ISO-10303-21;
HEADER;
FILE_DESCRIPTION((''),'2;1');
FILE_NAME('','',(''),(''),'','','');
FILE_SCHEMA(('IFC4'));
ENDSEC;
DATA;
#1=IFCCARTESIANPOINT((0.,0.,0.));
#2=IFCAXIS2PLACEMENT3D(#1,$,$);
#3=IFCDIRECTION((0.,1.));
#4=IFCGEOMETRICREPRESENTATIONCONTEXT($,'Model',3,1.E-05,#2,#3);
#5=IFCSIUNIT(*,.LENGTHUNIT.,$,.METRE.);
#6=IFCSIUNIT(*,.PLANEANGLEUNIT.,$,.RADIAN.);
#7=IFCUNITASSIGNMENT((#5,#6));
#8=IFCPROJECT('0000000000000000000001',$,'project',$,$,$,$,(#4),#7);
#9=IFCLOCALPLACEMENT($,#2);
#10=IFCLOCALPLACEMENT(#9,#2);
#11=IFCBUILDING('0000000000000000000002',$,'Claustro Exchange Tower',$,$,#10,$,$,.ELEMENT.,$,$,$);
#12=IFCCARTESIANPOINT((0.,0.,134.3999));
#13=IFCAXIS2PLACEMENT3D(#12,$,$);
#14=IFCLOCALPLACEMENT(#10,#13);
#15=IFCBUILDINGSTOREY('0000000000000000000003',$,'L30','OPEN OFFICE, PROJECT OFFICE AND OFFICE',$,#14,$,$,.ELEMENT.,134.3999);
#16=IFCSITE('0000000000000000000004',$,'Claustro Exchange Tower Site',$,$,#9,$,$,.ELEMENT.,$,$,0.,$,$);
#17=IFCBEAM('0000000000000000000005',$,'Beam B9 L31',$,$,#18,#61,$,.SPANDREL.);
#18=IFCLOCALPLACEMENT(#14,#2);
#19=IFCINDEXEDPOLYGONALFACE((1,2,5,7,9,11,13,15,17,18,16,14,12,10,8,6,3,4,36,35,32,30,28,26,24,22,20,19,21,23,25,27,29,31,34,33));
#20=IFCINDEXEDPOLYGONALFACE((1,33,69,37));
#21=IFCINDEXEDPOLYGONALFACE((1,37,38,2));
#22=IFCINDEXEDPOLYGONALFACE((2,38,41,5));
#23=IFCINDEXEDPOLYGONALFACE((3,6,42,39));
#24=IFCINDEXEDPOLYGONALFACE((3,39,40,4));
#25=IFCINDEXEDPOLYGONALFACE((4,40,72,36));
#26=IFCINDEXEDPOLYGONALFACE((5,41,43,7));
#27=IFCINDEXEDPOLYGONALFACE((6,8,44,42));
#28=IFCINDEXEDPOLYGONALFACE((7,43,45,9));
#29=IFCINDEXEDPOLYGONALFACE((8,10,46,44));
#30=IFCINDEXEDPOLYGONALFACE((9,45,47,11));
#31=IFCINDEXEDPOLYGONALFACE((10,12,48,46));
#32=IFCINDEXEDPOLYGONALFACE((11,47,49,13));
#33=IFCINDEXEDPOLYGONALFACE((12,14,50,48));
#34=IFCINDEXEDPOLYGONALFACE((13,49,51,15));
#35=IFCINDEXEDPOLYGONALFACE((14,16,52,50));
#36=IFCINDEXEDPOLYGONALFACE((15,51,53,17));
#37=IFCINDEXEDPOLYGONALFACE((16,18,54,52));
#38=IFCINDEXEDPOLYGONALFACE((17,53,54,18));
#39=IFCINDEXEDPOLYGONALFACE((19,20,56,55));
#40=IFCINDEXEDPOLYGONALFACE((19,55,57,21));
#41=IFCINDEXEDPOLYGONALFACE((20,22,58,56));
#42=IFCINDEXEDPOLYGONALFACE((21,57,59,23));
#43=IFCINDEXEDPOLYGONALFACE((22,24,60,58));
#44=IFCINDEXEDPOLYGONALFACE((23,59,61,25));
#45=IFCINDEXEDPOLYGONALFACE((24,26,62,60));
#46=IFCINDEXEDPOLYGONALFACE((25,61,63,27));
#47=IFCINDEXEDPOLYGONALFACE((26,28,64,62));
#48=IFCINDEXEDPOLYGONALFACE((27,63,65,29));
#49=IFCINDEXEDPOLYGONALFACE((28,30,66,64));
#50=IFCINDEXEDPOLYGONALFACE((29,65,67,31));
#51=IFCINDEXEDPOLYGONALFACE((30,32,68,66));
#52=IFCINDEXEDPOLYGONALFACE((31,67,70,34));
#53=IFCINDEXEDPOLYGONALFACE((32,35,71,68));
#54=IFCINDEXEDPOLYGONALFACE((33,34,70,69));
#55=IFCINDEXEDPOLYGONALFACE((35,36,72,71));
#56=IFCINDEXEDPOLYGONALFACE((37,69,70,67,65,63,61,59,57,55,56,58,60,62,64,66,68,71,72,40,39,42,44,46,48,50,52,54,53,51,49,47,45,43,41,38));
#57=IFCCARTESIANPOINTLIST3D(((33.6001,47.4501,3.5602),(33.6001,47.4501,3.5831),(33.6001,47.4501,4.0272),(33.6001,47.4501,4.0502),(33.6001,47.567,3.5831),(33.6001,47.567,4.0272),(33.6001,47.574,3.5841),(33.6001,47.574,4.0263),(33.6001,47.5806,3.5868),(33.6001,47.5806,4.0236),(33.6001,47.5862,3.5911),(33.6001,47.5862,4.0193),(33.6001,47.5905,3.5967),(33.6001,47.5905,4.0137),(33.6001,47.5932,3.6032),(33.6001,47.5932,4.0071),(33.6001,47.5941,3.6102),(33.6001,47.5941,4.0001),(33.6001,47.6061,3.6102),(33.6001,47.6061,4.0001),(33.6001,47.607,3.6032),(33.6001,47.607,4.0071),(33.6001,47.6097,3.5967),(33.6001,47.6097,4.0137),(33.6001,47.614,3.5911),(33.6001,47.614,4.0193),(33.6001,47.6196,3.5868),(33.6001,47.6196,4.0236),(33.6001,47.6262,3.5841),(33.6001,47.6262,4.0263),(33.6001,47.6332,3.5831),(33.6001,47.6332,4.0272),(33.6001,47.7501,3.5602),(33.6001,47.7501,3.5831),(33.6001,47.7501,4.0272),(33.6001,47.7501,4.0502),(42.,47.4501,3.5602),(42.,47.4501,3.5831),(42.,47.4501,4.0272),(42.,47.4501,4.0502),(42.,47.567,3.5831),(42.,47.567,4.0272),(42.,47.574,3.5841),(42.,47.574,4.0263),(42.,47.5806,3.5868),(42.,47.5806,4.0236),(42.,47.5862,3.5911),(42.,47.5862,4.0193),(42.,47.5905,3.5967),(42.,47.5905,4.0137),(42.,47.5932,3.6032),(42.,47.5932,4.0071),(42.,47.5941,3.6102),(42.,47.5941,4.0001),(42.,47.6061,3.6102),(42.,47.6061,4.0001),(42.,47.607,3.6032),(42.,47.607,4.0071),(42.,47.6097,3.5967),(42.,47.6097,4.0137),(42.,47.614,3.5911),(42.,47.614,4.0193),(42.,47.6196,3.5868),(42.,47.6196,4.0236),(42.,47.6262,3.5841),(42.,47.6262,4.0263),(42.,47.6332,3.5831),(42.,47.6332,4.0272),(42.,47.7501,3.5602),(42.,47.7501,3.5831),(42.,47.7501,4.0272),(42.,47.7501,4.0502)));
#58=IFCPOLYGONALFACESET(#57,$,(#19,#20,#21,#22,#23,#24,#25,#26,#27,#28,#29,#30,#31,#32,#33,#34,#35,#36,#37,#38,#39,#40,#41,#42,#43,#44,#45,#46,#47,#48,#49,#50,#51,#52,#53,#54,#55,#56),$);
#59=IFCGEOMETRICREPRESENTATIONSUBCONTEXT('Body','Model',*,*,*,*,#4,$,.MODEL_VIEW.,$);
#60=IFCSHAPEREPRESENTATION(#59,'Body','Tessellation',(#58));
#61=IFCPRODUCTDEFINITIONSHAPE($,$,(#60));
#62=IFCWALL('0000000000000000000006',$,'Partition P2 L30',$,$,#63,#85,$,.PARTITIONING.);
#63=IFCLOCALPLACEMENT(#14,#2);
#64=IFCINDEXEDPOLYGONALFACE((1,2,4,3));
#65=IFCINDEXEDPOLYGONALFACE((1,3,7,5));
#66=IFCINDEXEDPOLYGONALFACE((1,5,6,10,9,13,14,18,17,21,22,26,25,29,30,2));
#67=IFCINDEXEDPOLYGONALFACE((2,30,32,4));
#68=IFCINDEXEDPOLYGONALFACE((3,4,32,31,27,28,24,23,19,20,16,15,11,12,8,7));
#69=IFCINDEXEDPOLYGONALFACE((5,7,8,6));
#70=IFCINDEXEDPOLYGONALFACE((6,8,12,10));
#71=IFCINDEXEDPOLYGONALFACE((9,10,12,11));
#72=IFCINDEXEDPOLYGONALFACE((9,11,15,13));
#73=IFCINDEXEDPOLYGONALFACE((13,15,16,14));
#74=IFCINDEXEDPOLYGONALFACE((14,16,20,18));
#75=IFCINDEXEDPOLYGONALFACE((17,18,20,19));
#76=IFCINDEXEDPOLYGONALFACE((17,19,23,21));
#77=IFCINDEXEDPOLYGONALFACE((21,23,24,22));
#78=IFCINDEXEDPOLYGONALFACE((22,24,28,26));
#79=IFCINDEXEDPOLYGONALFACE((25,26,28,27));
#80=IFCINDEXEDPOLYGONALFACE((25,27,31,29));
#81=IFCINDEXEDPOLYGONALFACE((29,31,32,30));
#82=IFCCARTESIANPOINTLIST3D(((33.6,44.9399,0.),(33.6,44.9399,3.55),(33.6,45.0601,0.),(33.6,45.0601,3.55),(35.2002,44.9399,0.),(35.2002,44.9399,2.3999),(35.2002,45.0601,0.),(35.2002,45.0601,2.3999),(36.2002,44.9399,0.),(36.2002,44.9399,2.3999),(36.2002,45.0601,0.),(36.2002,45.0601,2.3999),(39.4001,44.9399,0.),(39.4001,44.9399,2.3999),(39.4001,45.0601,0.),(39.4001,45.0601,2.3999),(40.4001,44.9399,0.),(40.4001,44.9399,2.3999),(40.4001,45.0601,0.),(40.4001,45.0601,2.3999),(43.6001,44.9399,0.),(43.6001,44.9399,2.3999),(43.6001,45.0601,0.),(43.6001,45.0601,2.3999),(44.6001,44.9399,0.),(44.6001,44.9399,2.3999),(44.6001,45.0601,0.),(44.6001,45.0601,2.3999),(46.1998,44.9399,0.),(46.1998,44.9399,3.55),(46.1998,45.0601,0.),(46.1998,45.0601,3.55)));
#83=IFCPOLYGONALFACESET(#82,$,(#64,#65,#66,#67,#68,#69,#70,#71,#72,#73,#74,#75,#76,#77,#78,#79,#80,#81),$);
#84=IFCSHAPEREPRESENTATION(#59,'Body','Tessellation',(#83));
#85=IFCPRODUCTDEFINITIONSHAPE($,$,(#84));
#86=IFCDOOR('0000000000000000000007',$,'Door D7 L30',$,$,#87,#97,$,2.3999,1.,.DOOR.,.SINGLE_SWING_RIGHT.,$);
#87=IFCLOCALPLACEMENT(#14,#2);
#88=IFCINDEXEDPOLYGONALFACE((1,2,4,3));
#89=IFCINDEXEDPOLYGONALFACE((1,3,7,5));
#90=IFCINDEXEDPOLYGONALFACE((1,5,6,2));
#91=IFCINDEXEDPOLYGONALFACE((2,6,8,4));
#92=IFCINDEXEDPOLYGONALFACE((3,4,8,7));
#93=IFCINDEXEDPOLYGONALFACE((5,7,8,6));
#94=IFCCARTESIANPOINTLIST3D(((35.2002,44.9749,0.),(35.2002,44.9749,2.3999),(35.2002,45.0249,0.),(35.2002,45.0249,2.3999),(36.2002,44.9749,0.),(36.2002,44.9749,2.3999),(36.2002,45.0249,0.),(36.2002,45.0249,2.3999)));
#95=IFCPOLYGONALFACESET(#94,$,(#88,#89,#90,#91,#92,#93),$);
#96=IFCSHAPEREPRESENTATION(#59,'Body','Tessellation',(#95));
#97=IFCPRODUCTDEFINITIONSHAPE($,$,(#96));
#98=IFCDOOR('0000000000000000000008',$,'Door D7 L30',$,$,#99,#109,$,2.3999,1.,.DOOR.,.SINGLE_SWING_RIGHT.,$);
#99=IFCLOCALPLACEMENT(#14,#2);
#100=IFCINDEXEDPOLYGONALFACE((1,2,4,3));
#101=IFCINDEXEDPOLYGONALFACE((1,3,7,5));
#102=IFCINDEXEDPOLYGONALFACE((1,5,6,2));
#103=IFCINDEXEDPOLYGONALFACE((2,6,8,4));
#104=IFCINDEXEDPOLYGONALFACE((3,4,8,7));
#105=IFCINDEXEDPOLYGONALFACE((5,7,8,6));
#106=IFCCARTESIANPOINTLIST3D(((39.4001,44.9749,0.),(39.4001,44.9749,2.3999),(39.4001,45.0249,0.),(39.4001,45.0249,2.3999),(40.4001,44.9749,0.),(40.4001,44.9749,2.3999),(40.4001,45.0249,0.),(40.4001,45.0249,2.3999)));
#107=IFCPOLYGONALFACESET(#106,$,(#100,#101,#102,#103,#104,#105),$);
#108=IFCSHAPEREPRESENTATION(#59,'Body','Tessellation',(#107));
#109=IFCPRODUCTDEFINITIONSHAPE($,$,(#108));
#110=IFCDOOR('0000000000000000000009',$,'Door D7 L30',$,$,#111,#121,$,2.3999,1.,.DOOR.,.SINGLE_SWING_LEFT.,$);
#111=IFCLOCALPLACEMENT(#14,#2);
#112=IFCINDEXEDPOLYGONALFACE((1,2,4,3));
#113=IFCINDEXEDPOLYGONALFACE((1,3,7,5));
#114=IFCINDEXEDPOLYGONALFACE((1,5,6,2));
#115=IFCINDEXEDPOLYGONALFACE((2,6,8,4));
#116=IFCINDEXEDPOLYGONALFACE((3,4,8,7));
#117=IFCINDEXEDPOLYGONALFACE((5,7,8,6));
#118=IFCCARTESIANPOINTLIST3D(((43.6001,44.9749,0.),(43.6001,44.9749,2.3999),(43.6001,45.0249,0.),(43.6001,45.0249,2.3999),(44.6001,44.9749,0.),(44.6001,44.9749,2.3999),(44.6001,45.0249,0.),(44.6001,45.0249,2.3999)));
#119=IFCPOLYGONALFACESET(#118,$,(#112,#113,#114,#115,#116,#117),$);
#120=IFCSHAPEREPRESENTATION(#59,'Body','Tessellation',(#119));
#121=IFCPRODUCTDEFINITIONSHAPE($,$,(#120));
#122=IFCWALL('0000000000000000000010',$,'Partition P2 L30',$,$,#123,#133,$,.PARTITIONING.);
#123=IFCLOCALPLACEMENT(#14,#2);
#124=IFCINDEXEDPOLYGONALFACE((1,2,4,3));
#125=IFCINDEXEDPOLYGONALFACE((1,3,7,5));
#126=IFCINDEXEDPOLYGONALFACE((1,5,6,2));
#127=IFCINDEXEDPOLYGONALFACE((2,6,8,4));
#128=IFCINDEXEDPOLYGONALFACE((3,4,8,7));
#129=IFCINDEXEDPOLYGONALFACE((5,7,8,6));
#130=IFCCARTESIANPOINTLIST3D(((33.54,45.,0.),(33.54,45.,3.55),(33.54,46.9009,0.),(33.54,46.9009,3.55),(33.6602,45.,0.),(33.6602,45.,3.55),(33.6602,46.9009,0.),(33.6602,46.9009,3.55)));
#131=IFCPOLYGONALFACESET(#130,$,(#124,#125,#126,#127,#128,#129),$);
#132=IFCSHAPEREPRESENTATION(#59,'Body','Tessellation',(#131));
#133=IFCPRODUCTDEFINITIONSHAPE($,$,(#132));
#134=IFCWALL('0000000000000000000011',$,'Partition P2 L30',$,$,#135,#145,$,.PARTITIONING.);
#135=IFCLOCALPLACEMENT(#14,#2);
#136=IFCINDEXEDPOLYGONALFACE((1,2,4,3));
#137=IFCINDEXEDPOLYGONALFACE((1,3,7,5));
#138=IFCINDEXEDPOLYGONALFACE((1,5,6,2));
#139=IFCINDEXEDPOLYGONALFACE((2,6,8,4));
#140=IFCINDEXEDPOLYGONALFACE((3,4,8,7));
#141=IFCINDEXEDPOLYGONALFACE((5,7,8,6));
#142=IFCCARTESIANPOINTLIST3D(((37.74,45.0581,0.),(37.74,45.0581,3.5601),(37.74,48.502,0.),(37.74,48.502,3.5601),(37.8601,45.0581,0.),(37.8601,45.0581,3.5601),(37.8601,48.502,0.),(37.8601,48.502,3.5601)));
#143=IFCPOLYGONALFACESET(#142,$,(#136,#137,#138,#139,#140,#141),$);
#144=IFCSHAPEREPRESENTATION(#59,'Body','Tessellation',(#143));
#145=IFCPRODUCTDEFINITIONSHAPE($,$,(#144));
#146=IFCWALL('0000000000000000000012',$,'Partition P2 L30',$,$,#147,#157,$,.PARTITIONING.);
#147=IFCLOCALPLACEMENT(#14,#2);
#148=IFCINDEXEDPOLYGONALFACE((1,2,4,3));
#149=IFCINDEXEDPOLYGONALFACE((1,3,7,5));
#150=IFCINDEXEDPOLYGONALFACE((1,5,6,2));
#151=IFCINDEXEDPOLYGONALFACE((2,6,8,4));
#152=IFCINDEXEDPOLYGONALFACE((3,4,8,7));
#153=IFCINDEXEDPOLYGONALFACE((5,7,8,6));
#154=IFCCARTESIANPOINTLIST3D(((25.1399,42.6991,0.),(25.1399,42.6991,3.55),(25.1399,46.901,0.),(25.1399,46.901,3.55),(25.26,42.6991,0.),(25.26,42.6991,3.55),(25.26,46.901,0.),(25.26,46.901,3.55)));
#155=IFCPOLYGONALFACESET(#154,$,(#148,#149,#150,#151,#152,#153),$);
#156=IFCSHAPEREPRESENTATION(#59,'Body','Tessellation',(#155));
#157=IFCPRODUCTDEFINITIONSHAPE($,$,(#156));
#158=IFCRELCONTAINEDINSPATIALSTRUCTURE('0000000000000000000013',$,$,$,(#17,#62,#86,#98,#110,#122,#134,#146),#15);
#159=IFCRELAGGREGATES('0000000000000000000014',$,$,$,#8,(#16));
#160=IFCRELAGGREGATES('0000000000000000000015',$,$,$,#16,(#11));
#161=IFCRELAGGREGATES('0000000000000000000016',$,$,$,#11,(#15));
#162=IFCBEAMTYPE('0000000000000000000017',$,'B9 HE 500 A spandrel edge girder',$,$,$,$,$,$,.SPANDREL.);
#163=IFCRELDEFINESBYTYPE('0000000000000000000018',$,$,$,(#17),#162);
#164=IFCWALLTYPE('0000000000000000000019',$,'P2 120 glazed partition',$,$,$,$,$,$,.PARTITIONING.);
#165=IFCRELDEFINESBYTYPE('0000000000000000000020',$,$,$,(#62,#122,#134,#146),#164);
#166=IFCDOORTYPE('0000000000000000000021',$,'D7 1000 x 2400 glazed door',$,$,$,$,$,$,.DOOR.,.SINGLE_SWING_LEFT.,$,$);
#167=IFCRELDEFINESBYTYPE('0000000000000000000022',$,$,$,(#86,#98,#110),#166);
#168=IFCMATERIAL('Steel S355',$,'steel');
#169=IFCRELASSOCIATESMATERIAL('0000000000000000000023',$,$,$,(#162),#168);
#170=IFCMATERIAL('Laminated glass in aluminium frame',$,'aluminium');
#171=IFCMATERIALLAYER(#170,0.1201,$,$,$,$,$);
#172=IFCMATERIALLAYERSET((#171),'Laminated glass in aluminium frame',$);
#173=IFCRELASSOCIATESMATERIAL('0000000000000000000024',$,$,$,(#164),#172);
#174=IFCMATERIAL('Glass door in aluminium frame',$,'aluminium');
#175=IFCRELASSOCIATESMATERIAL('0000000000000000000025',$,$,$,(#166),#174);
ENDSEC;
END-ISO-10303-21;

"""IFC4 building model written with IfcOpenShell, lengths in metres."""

from ifc_helpers import new_model, si_unit, direction, frame, frame_2d, origin, origin_2d, place, context, subcontext, project, spatial, rectangle, i_section, extrude, material, layer, layer_set, material_profile, profile_set, type_object, element, fill, save


model = new_model("IFC4")

# Units and contexts
model_context = context("Model", 3, precision=1e-05, world=origin(), true_north=direction((0.0, 1.0)))
body_context = subcontext(model_context, "Body", "Model", "MODEL_VIEW")
ifc_project = project(units=[si_unit("LENGTHUNIT", "METRE"), si_unit("PLANEANGLEUNIT", "RADIAN")], contexts=[model_context])

# Site, building, storey
site_placement = place(None, origin())
site = spatial("IfcSite", under=ifc_project, at=site_placement, Name="Claustro Exchange Tower Site", CompositionType="ELEMENT", RefElevation=0.0)
building_placement = place(site_placement, origin())
building = spatial("IfcBuilding", under=site, at=building_placement, Name="Claustro Exchange Tower", CompositionType="ELEMENT")
storey_placement = place(building_placement, frame((0.0, 0.0, 134.3999)))
storey = spatial("IfcBuildingStorey", under=building, at=storey_placement, Name="L30", Description="OPEN OFFICE, PROJECT OFFICE AND OFFICE", CompositionType="ELEMENT", Elevation=134.3999)

# Beam
ifc_material_1 = material(Name="Steel S355", Category="steel")
ifc_material_profile_1 = material_profile(ifc_material_1, i_section(OverallWidth=0.3, OverallDepth=0.49, WebThickness=0.012, FlangeThickness=0.0229, FilletRadius=0.0271, at=origin_2d()), Name="HE 500 A")
ifc_profile_set_1 = profile_set([ifc_material_profile_1], Name="Steel S355")
beam_type_1 = type_object("IfcBeamType", Name="B9 HE 500 A spandrel edge girder", PredefinedType="SPANDREL", material=ifc_profile_set_1)
beam_1_placement = place(storey_placement, frame((33.6001, 47.6001, 3.8052), z_axis=(1.0, 0.0, 0.0), x_axis=(0.0, 1.0, 0.0)))
element("IfcBeam", 1, at=beam_1_placement, inside=storey, type_object=beam_type_1, Name="Beam B9 L31", PredefinedType="SPANDREL", context=body_context, shape_type="SweptSolid", body=[
    extrude(i_section(OverallWidth=0.3, OverallDepth=0.49, WebThickness=0.012, FlangeThickness=0.0229, FilletRadius=0.0271, at=origin_2d()), origin(), (0.0, 0.0, 1.0), 8.3999),
])

# Wall, openings, doors
ifc_material_2 = material(Name="Laminated glass in aluminium frame", Category="aluminium")
ifc_layer_1 = layer(ifc_material_2, 0.1201)
ifc_layer_set_1 = layer_set([ifc_layer_1], Name="Laminated glass in aluminium frame")
wall_type_1 = type_object("IfcWallType", Name="P2 120 glazed partition", PredefinedType="PARTITIONING", material=ifc_layer_set_1)
wall_1_placement = place(storey_placement, frame((33.6001, 45.0, 0.0), z_axis=(0.0, 0.0, 1.0), x_axis=(1.0, 0.0, 0.0)))
wall_1 = element("IfcWall", 2, at=wall_1_placement, inside=storey, type_object=wall_type_1, Name="Partition P2 L30", PredefinedType="PARTITIONING", context=body_context, shape_type="SweptSolid", body=[
    extrude(rectangle(XDim=12.5999, YDim=0.1201, at=frame_2d((6.2998, 0.0))), origin(), (0.0, 0.0, 1.0), 3.55),
])
opening_1_placement = place(wall_1_placement, frame((1.6001, 0.0, 0.0)))
opening_1 = element("IfcOpeningElement", 3, at=opening_1_placement, cuts=wall_1, PredefinedType="OPENING", context=body_context, shape_type="SweptSolid", body=[
    extrude(rectangle(XDim=1.0, YDim=2.3999, at=frame_2d((0.5, 1.2))), frame((0.0, 0.0701, 0.0), z_axis=(0.0, -1.0, 0.0), x_axis=(1.0, 0.0, 0.0)), (0.0, 0.0, 1.0), 0.1401),
])
opening_2_placement = place(wall_1_placement, frame((5.8, 0.0, 0.0)))
opening_2 = element("IfcOpeningElement", 4, at=opening_2_placement, cuts=wall_1, PredefinedType="OPENING", context=body_context, shape_type="SweptSolid", body=[
    extrude(rectangle(XDim=1.0, YDim=2.3999, at=frame_2d((0.5, 1.2))), frame((0.0, 0.0701, 0.0), z_axis=(0.0, -1.0, 0.0), x_axis=(1.0, 0.0, 0.0)), (0.0, 0.0, 1.0), 0.1401),
])
opening_3_placement = place(wall_1_placement, frame((10.0, 0.0, 0.0)))
opening_3 = element("IfcOpeningElement", 5, at=opening_3_placement, cuts=wall_1, PredefinedType="OPENING", context=body_context, shape_type="SweptSolid", body=[
    extrude(rectangle(XDim=1.0, YDim=2.3999, at=frame_2d((0.5, 1.2))), frame((0.0, 0.0701, 0.0), z_axis=(0.0, -1.0, 0.0), x_axis=(1.0, 0.0, 0.0)), (0.0, 0.0, 1.0), 0.1401),
])
ifc_material_3 = material(Name="Glass door in aluminium frame", Category="aluminium")
door_type = type_object("IfcDoorType", Name="D7 1000 x 2400 glazed door", OperationType="SINGLE_SWING_LEFT", PredefinedType="DOOR", material=ifc_material_3)
door_1_placement = place(opening_1_placement, origin())
door_1 = element("IfcDoor", 6, at=door_1_placement, inside=storey, type_object=door_type, Name="Door D7 L30", OperationType="SINGLE_SWING_RIGHT", OverallHeight=2.3999, OverallWidth=1.0, PredefinedType="DOOR", context=body_context, shape_type="SweptSolid", body=[
    extrude(rectangle(XDim=1.0, YDim=2.3999, at=frame_2d((0.5, 1.2))), frame((0.0, 0.0249, 0.0), z_axis=(0.0, -1.0, 0.0), x_axis=(1.0, 0.0, 0.0)), (0.0, 0.0, 1.0), 0.05),
])
fill(opening_1, door_1)
door_2_placement = place(opening_2_placement, origin())
door_2 = element("IfcDoor", 7, at=door_2_placement, inside=storey, type_object=door_type, Name="Door D7 L30", OperationType="SINGLE_SWING_RIGHT", OverallHeight=2.3999, OverallWidth=1.0, PredefinedType="DOOR", context=body_context, shape_type="SweptSolid", body=[
    extrude(rectangle(XDim=1.0, YDim=2.3999, at=frame_2d((0.5, 1.2))), frame((0.0, 0.0249, 0.0), z_axis=(0.0, -1.0, 0.0), x_axis=(1.0, 0.0, 0.0)), (0.0, 0.0, 1.0), 0.05),
])
fill(opening_2, door_2)
door_3_placement = place(opening_3_placement, origin())
door_3 = element("IfcDoor", 8, at=door_3_placement, inside=storey, type_object=door_type, Name="Door D7 L30", OperationType="SINGLE_SWING_LEFT", OverallHeight=2.3999, OverallWidth=1.0, PredefinedType="DOOR", context=body_context, shape_type="SweptSolid", body=[
    extrude(rectangle(XDim=1.0, YDim=2.3999, at=frame_2d((0.5, 1.2))), frame((0.0, 0.0249, 0.0), z_axis=(0.0, -1.0, 0.0), x_axis=(1.0, 0.0, 0.0)), (0.0, 0.0, 1.0), 0.05),
])
fill(opening_3, door_3)

# Walls
wall_2_placement = place(storey_placement, frame((33.6001, 45.0, 0.0), z_axis=(0.0, 0.0, 1.0), x_axis=(0.0, 1.0, 0.0)))
element("IfcWall", 9, at=wall_2_placement, inside=storey, type_object=wall_type_1, Name="Partition P2 L30", PredefinedType="PARTITIONING", context=body_context, shape_type="SweptSolid", body=[
    extrude(rectangle(XDim=1.9009, YDim=0.1201, at=frame_2d((0.9504, 0.0))), origin(), (0.0, 0.0, 1.0), 3.55),
])
wall_3_placement = place(storey_placement, frame((37.8, 45.0581, 0.0), z_axis=(0.0, 0.0, 1.0), x_axis=(0.0, 1.0, 0.0)))
element("IfcWall", 10, at=wall_3_placement, inside=storey, type_object=wall_type_1, Name="Partition P2 L30", PredefinedType="PARTITIONING", context=body_context, shape_type="SweptSolid", body=[
    extrude(rectangle(XDim=3.4438, YDim=0.1201, at=frame_2d((1.7219, 0.0))), origin(), (0.0, 0.0, 1.0), 3.5601),
])
wall_4_placement = place(storey_placement, frame((25.2, 42.699, 0.0), z_axis=(0.0, 0.0, 1.0), x_axis=(0.0, 1.0, 0.0)))
element("IfcWall", 11, at=wall_4_placement, inside=storey, type_object=wall_type_1, Name="Partition P2 L30", PredefinedType="PARTITIONING", context=body_context, shape_type="SweptSolid", body=[
    extrude(rectangle(XDim=4.2019, YDim=0.1201, at=frame_2d((2.1011, 0.0))), origin(), (0.0, 0.0, 1.0), 3.55),
])

save(model, "model.ifc")
